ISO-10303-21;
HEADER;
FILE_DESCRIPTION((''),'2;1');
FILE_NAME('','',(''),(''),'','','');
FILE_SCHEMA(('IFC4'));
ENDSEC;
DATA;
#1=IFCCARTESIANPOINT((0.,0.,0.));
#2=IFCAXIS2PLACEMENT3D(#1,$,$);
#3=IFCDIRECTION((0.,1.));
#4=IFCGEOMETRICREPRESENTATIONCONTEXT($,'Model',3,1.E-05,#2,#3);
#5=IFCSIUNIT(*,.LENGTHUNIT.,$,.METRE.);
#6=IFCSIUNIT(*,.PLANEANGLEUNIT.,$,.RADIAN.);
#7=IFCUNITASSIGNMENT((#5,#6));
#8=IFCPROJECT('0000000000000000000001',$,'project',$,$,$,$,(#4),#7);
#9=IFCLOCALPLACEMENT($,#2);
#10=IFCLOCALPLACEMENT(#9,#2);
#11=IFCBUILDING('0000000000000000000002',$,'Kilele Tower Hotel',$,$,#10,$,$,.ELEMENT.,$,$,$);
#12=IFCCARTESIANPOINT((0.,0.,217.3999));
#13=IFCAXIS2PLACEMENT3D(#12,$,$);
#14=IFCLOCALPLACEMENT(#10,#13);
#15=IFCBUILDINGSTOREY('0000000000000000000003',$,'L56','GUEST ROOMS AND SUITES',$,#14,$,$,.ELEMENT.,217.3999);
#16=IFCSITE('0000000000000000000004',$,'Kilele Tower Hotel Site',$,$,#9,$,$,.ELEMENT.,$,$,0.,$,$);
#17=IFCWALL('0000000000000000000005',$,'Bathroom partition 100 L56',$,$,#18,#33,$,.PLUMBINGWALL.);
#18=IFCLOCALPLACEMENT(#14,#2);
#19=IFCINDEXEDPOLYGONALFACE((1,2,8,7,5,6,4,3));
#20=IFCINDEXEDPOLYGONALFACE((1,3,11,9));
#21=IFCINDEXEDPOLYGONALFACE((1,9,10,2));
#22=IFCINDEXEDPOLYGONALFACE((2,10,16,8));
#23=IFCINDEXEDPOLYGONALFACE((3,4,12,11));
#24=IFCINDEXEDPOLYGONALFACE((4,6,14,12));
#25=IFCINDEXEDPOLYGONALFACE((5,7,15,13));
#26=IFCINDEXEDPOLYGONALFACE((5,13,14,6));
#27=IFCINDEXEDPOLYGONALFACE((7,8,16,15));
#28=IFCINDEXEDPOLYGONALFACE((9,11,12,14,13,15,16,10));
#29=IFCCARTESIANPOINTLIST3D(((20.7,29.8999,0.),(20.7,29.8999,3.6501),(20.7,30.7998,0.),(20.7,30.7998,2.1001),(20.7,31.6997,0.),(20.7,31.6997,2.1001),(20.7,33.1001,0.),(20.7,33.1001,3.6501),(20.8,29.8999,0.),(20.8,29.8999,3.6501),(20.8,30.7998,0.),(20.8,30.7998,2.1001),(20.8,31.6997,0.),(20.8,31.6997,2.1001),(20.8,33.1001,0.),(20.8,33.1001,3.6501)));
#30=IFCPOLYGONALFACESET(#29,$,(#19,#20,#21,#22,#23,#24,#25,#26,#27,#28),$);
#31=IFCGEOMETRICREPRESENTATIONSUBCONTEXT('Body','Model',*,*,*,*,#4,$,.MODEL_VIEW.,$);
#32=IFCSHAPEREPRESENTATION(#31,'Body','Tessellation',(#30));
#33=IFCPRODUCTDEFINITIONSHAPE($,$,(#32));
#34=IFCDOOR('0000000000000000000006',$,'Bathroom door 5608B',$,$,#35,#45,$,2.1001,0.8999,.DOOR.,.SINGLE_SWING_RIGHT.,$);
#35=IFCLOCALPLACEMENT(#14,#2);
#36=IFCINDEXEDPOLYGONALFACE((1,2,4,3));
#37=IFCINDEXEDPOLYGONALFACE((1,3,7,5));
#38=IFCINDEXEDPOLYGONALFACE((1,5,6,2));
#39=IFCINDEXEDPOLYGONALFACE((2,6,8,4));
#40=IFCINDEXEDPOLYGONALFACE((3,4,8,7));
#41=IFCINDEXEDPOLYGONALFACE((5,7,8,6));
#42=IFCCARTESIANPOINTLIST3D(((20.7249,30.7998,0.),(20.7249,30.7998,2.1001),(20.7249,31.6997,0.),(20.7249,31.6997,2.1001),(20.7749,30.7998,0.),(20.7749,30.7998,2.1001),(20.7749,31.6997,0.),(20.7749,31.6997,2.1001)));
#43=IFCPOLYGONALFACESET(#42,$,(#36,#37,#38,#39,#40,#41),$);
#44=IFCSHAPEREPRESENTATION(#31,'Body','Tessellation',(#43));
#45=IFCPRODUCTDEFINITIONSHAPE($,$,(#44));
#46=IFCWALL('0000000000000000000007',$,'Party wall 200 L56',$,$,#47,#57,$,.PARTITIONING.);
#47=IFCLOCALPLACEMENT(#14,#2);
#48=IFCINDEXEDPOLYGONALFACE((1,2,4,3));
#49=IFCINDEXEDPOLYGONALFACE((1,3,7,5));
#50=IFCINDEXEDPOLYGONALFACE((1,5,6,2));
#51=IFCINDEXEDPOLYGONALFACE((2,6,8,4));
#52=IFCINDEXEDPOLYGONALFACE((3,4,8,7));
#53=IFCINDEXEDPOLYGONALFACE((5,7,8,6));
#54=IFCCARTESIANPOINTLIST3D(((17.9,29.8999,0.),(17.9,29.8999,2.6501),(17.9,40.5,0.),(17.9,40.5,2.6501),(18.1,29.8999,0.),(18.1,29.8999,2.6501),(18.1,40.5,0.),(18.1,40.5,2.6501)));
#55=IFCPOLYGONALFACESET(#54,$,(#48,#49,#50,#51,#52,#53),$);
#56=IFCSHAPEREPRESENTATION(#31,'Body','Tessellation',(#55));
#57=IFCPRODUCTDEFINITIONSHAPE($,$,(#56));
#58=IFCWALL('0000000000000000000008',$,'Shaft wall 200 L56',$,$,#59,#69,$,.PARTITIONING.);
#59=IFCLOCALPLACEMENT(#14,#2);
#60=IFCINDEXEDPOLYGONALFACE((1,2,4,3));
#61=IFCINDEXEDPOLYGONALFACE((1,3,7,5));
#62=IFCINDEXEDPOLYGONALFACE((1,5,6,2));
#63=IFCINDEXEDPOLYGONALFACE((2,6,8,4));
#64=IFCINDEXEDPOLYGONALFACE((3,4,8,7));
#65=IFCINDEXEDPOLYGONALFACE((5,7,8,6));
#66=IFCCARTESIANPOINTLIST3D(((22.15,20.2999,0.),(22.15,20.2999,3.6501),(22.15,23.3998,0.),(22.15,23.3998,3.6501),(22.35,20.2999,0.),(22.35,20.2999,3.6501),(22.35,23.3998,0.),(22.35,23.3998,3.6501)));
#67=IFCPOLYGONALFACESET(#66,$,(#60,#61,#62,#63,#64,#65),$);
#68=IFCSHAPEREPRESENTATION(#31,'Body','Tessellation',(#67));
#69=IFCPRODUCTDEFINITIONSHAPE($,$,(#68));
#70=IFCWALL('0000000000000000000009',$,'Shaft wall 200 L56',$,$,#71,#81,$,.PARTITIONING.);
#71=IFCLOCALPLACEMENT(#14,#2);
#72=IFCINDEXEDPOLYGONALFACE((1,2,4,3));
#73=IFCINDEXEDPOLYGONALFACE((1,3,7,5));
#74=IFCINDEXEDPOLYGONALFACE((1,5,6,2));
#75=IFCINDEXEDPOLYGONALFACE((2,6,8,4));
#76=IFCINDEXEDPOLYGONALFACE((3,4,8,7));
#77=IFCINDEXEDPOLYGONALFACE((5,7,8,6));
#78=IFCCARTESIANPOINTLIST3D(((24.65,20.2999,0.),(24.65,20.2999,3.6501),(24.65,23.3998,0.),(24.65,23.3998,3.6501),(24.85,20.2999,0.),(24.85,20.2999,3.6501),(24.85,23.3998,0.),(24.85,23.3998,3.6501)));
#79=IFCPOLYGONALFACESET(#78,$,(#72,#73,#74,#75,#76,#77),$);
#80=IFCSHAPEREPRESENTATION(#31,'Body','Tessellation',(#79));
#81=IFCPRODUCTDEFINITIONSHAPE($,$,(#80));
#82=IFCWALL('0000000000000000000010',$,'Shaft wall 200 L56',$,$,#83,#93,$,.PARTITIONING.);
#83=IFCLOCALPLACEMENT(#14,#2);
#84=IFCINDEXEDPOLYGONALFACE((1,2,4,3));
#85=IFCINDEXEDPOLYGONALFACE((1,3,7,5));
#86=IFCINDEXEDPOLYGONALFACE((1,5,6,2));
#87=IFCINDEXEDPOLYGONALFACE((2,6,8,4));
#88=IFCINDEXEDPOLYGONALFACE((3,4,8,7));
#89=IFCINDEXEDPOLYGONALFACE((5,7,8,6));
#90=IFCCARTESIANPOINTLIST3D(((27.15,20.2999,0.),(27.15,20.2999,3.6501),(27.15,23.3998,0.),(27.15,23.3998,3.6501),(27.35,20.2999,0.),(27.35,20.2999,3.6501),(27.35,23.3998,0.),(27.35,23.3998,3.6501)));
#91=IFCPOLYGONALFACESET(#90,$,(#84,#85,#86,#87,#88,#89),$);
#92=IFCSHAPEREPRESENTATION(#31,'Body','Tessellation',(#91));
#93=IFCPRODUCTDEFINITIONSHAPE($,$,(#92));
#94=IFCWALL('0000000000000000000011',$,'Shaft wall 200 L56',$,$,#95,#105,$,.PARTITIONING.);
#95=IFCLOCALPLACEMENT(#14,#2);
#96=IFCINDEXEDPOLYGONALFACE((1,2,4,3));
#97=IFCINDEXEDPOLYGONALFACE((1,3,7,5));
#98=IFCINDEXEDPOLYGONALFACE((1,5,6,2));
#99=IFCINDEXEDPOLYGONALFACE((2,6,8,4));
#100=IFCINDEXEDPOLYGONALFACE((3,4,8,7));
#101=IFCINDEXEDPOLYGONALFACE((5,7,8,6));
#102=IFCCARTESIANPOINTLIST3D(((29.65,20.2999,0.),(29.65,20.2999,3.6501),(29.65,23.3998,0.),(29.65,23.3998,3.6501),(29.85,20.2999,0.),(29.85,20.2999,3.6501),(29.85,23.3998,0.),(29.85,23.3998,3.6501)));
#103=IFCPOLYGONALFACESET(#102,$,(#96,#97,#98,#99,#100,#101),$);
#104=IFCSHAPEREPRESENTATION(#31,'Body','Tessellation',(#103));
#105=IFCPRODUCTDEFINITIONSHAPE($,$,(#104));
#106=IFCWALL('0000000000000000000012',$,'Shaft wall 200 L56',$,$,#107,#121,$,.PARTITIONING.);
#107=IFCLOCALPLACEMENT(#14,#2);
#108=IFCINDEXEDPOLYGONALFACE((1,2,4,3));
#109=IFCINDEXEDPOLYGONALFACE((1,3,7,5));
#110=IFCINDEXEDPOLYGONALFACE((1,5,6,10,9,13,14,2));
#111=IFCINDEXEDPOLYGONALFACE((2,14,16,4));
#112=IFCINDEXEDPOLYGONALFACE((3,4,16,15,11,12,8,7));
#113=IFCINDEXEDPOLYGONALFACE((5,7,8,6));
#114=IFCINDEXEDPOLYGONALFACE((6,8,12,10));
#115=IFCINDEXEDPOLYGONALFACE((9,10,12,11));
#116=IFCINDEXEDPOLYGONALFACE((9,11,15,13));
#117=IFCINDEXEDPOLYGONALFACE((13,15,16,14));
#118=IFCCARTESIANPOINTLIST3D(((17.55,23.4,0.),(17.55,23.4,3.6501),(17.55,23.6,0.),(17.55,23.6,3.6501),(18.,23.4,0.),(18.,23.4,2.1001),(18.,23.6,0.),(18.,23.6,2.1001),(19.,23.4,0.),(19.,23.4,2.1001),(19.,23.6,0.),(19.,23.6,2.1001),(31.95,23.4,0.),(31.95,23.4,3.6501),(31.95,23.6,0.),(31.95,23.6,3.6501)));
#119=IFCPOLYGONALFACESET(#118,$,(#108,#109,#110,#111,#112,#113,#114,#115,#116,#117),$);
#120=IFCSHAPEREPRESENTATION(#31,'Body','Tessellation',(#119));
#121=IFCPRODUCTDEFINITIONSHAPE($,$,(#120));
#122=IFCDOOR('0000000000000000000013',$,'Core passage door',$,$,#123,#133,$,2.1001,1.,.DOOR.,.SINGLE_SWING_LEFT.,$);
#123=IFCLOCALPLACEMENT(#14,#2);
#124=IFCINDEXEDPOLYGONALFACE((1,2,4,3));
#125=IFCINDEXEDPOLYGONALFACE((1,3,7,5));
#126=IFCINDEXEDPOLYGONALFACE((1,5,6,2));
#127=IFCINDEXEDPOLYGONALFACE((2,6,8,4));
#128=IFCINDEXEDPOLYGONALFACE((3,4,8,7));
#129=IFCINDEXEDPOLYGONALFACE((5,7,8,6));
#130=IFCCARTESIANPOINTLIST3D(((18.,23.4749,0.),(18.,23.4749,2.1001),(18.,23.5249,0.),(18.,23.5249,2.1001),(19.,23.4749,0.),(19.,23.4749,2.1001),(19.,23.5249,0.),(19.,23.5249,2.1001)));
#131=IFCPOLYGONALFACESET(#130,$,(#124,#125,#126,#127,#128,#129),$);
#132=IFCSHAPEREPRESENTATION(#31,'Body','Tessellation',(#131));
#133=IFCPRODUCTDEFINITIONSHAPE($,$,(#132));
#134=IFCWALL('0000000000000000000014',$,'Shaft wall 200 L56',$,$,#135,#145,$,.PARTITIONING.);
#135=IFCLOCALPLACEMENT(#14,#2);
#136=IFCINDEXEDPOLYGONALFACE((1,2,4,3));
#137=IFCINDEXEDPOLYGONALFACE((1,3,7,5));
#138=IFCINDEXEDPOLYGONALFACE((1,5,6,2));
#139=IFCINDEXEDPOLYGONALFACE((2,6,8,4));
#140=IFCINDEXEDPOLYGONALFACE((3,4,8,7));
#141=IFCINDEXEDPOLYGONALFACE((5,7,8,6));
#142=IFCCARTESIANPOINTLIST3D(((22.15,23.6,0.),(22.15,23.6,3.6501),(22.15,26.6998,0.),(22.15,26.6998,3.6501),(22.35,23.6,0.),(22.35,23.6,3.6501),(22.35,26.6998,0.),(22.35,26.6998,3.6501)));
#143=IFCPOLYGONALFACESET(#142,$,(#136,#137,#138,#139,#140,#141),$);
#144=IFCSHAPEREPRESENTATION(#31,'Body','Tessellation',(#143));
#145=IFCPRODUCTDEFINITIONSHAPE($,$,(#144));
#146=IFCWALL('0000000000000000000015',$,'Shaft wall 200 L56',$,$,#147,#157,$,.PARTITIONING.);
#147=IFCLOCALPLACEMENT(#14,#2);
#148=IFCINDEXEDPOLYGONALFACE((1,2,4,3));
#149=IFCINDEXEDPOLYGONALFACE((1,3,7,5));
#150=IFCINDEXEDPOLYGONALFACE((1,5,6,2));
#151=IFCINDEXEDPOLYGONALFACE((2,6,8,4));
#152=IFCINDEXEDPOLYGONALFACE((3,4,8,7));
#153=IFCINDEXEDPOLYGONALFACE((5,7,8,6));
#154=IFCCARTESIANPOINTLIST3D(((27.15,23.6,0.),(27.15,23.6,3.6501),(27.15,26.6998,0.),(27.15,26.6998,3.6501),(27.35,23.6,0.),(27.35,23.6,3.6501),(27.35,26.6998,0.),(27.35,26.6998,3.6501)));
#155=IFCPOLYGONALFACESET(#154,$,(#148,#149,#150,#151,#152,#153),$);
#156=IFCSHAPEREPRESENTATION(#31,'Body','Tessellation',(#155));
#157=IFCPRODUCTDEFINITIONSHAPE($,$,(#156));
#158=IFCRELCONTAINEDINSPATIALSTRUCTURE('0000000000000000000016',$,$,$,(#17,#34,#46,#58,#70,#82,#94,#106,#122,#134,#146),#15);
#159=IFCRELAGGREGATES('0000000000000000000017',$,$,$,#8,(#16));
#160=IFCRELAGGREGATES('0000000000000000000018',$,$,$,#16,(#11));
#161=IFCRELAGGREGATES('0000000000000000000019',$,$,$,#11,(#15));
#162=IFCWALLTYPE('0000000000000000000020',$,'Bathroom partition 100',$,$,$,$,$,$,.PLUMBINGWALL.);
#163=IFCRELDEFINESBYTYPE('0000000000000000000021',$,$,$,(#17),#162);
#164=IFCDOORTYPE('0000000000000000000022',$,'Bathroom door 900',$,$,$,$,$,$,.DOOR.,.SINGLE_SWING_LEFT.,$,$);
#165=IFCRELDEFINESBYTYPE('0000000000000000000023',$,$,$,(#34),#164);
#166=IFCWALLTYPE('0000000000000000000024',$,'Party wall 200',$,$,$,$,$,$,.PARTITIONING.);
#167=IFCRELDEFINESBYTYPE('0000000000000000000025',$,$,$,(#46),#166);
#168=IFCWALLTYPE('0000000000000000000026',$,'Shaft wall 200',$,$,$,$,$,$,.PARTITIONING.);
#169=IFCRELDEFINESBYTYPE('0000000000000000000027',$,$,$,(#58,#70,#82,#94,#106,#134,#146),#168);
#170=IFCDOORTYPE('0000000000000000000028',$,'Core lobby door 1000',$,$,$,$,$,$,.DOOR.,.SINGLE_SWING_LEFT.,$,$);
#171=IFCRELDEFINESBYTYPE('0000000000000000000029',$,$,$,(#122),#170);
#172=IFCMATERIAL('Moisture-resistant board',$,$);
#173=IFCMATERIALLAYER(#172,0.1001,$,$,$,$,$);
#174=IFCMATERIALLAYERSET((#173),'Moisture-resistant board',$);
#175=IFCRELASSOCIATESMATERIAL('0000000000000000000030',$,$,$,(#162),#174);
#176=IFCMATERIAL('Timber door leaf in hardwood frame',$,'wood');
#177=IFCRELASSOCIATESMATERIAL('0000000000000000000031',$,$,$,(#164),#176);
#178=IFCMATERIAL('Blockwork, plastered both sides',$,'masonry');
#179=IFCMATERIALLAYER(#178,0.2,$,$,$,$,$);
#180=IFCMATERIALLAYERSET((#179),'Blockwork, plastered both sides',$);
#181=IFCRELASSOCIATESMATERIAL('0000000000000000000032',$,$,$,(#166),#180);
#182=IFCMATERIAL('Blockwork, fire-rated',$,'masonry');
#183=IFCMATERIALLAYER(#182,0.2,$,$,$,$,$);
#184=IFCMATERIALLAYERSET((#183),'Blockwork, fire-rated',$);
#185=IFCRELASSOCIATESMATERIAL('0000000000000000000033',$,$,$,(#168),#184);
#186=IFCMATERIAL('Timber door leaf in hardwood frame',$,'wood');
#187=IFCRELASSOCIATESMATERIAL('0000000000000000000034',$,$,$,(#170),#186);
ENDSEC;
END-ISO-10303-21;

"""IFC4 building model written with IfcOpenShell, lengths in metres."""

from ifc_helpers import new_model, si_unit, direction, frame, frame_2d, origin, place, context, subcontext, project, spatial, rectangle, extrude, material, layer, layer_set, type_object, element, fill, save


model = new_model("IFC4")

# Units and contexts
model_context = context("Model", 3, precision=1e-05, world=origin(), true_north=direction((0.0, 1.0)))
body_context = subcontext(model_context, "Body", "Model", "MODEL_VIEW")
ifc_project = project(units=[si_unit("LENGTHUNIT", "METRE"), si_unit("PLANEANGLEUNIT", "RADIAN")], contexts=[model_context])

# Site, building, storey
site_placement = place(None, origin())
site = spatial("IfcSite", under=ifc_project, at=site_placement, Name="Kilele Tower Hotel Site", CompositionType="ELEMENT", RefElevation=0.0)
building_placement = place(site_placement, origin())
building = spatial("IfcBuilding", under=site, at=building_placement, Name="Kilele Tower Hotel", CompositionType="ELEMENT")
storey_placement = place(building_placement, frame((0.0, 0.0, 217.3999)))
storey = spatial("IfcBuildingStorey", under=building, at=storey_placement, Name="L56", Description="GUEST ROOMS AND SUITES", CompositionType="ELEMENT", Elevation=217.3999)

# Wall, opening, door
ifc_material_1 = material(Name="Moisture-resistant board")
ifc_layer_1 = layer(ifc_material_1, 0.1001)
ifc_layer_set_1 = layer_set([ifc_layer_1], Name="Moisture-resistant board")
wall_type_1 = type_object("IfcWallType", Name="Bathroom partition 100", PredefinedType="PLUMBINGWALL", material=ifc_layer_set_1)
wall_1_placement = place(storey_placement, frame((20.75, 29.8999, 0.0), z_axis=(0.0, 0.0, 1.0), x_axis=(0.0, 1.0, 0.0)))
wall_1 = element("IfcWall", 1, at=wall_1_placement, inside=storey, type_object=wall_type_1, Name="Bathroom partition 100 L56", PredefinedType="PLUMBINGWALL", context=body_context, shape_type="SweptSolid", body=[
    extrude(rectangle(XDim=3.2002, YDim=0.1001, at=frame_2d((1.6001, 0.0))), origin(), (0.0, 0.0, 1.0), 3.6501),
])
opening_1_placement = place(wall_1_placement, frame((1.7998, 0.0, 0.0), z_axis=(0.0, 0.0, 1.0), x_axis=(-1.0, 0.0, 0.0)))
opening_1 = element("IfcOpeningElement", 2, at=opening_1_placement, cuts=wall_1, PredefinedType="OPENING", context=body_context, shape_type="SweptSolid", body=[
    extrude(rectangle(XDim=0.8999, YDim=2.1001, at=frame_2d((0.45, 1.05))), frame((0.0, 0.0601, 0.0), z_axis=(0.0, -1.0, 0.0), x_axis=(1.0, 0.0, 0.0)), (0.0, 0.0, 1.0), 0.1201),
])
ifc_material_2 = material(Name="Timber door leaf in hardwood frame", Category="wood")
door_type_1 = type_object("IfcDoorType", Name="Bathroom door 900", OperationType="SINGLE_SWING_LEFT", PredefinedType="DOOR", material=ifc_material_2)
door_1_placement = place(opening_1_placement, origin())
door_1 = element("IfcDoor", 3, at=door_1_placement, inside=storey, type_object=door_type_1, Name="Bathroom door 5608B", OperationType="SINGLE_SWING_RIGHT", OverallHeight=2.1001, OverallWidth=0.8999, PredefinedType="DOOR", context=body_context, shape_type="SweptSolid", body=[
    extrude(rectangle(XDim=0.8999, YDim=2.1001, at=frame_2d((0.45, 1.05))), frame((0.0, 0.0249, 0.0), z_axis=(0.0, -1.0, 0.0), x_axis=(1.0, 0.0, 0.0)), (0.0, 0.0, 1.0), 0.05),
])
fill(opening_1, door_1)

# Walls
ifc_material_3 = material(Name="Blockwork, plastered both sides", Category="masonry")
ifc_layer_2 = layer(ifc_material_3, 0.2)
ifc_layer_set_2 = layer_set([ifc_layer_2], Name="Blockwork, plastered both sides")
wall_type_2 = type_object("IfcWallType", Name="Party wall 200", PredefinedType="PARTITIONING", material=ifc_layer_set_2)
wall_2_placement = place(storey_placement, frame((18.0, 29.8999, 0.0), z_axis=(0.0, 0.0, 1.0), x_axis=(0.0, 1.0, 0.0)))
element("IfcWall", 4, at=wall_2_placement, inside=storey, type_object=wall_type_2, Name="Party wall 200 L56", PredefinedType="PARTITIONING", context=body_context, shape_type="SweptSolid", body=[
    extrude(rectangle(XDim=10.6001, YDim=0.2, at=frame_2d((5.3, 0.0))), origin(), (0.0, 0.0, 1.0), 2.6501),
])
ifc_material_4 = material(Name="Blockwork, fire-rated", Category="masonry")
ifc_layer_3 = layer(ifc_material_4, 0.2)
ifc_layer_set_3 = layer_set([ifc_layer_3], Name="Blockwork, fire-rated")
wall_type_3 = type_object("IfcWallType", Name="Shaft wall 200", PredefinedType="PARTITIONING", material=ifc_layer_set_3)
for number, where, z_axis, x_axis, name in (
    (5, (22.25, 20.3, 0.0), (0.0, 0.0, 1.0), (0.0, 1.0, 0.0), "Shaft wall 200 L56"),
    (6, (24.75, 20.3, 0.0), (0.0, 0.0, 1.0), (0.0, 1.0, 0.0), "Shaft wall 200 L56"),
    (7, (27.25, 20.3, 0.0), (0.0, 0.0, 1.0), (0.0, 1.0, 0.0), "Shaft wall 200 L56"),
    (8, (29.75, 20.3, 0.0), (0.0, 0.0, 1.0), (0.0, 1.0, 0.0), "Shaft wall 200 L56"),
):
    element("IfcWall", number, at=place(storey_placement, frame(where, z_axis=z_axis, x_axis=x_axis)), inside=storey, type_object=wall_type_3, Name=name, PredefinedType="PARTITIONING", context=body_context, shape_type="SweptSolid", body=[
        extrude(rectangle(XDim=3.0999, YDim=0.2, at=frame_2d((1.5498, 0.0))), origin(), (0.0, 0.0, 1.0), 3.6501),
    ])

# Wall, opening, door
wall_3_placement = place(storey_placement, frame((17.55, 23.5, 0.0), z_axis=(0.0, 0.0, 1.0), x_axis=(1.0, 0.0, 0.0)))
wall_3 = element("IfcWall", 9, at=wall_3_placement, inside=storey, type_object=wall_type_3, Name="Shaft wall 200 L56", PredefinedType="PARTITIONING", context=body_context, shape_type="SweptSolid", body=[
    extrude(rectangle(XDim=14.3999, YDim=0.2, at=frame_2d((7.2, 0.0))), origin(), (0.0, 0.0, 1.0), 3.6501),
])
opening_2_placement = place(wall_3_placement, frame((0.45, 0.0, 0.0)))
opening_2 = element("IfcOpeningElement", 10, at=opening_2_placement, cuts=wall_3, PredefinedType="OPENING", context=body_context, shape_type="SweptSolid", body=[
    extrude(rectangle(XDim=1.0, YDim=2.1001, at=frame_2d((0.5, 1.05))), frame((0.0, 0.1099, 0.0), z_axis=(0.0, -1.0, 0.0), x_axis=(1.0, 0.0, 0.0)), (0.0, 0.0, 1.0), 0.22),
])
ifc_material_5 = material(Name="Timber door leaf in hardwood frame", Category="wood")
door_type_2 = type_object("IfcDoorType", Name="Core lobby door 1000", OperationType="SINGLE_SWING_LEFT", PredefinedType="DOOR", material=ifc_material_5)
door_2_placement = place(opening_2_placement, origin())
door_2 = element("IfcDoor", 11, at=door_2_placement, inside=storey, type_object=door_type_2, Name="Core passage door", OperationType="SINGLE_SWING_LEFT", OverallHeight=2.1001, OverallWidth=1.0, PredefinedType="DOOR", context=body_context, shape_type="SweptSolid", body=[
    extrude(rectangle(XDim=1.0, YDim=2.1001, at=frame_2d((0.5, 1.05))), frame((0.0, 0.0249, 0.0), z_axis=(0.0, -1.0, 0.0), x_axis=(1.0, 0.0, 0.0)), (0.0, 0.0, 1.0), 0.05),
])
fill(opening_2, door_2)

# Walls
for number, where, z_axis, x_axis, name in (
    (12, (22.25, 23.6001, 0.0), (0.0, 0.0, 1.0), (0.0, 1.0, 0.0), "Shaft wall 200 L56"),
    (13, (27.25, 23.6001, 0.0), (0.0, 0.0, 1.0), (0.0, 1.0, 0.0), "Shaft wall 200 L56"),
):
    element("IfcWall", number, at=place(storey_placement, frame(where, z_axis=z_axis, x_axis=x_axis)), inside=storey, type_object=wall_type_3, Name=name, PredefinedType="PARTITIONING", context=body_context, shape_type="SweptSolid", body=[
        extrude(rectangle(XDim=3.0999, YDim=0.2, at=frame_2d((1.5498, 0.0))), origin(), (0.0, 0.0, 1.0), 3.6501),
    ])

save(model, "model.ifc")
